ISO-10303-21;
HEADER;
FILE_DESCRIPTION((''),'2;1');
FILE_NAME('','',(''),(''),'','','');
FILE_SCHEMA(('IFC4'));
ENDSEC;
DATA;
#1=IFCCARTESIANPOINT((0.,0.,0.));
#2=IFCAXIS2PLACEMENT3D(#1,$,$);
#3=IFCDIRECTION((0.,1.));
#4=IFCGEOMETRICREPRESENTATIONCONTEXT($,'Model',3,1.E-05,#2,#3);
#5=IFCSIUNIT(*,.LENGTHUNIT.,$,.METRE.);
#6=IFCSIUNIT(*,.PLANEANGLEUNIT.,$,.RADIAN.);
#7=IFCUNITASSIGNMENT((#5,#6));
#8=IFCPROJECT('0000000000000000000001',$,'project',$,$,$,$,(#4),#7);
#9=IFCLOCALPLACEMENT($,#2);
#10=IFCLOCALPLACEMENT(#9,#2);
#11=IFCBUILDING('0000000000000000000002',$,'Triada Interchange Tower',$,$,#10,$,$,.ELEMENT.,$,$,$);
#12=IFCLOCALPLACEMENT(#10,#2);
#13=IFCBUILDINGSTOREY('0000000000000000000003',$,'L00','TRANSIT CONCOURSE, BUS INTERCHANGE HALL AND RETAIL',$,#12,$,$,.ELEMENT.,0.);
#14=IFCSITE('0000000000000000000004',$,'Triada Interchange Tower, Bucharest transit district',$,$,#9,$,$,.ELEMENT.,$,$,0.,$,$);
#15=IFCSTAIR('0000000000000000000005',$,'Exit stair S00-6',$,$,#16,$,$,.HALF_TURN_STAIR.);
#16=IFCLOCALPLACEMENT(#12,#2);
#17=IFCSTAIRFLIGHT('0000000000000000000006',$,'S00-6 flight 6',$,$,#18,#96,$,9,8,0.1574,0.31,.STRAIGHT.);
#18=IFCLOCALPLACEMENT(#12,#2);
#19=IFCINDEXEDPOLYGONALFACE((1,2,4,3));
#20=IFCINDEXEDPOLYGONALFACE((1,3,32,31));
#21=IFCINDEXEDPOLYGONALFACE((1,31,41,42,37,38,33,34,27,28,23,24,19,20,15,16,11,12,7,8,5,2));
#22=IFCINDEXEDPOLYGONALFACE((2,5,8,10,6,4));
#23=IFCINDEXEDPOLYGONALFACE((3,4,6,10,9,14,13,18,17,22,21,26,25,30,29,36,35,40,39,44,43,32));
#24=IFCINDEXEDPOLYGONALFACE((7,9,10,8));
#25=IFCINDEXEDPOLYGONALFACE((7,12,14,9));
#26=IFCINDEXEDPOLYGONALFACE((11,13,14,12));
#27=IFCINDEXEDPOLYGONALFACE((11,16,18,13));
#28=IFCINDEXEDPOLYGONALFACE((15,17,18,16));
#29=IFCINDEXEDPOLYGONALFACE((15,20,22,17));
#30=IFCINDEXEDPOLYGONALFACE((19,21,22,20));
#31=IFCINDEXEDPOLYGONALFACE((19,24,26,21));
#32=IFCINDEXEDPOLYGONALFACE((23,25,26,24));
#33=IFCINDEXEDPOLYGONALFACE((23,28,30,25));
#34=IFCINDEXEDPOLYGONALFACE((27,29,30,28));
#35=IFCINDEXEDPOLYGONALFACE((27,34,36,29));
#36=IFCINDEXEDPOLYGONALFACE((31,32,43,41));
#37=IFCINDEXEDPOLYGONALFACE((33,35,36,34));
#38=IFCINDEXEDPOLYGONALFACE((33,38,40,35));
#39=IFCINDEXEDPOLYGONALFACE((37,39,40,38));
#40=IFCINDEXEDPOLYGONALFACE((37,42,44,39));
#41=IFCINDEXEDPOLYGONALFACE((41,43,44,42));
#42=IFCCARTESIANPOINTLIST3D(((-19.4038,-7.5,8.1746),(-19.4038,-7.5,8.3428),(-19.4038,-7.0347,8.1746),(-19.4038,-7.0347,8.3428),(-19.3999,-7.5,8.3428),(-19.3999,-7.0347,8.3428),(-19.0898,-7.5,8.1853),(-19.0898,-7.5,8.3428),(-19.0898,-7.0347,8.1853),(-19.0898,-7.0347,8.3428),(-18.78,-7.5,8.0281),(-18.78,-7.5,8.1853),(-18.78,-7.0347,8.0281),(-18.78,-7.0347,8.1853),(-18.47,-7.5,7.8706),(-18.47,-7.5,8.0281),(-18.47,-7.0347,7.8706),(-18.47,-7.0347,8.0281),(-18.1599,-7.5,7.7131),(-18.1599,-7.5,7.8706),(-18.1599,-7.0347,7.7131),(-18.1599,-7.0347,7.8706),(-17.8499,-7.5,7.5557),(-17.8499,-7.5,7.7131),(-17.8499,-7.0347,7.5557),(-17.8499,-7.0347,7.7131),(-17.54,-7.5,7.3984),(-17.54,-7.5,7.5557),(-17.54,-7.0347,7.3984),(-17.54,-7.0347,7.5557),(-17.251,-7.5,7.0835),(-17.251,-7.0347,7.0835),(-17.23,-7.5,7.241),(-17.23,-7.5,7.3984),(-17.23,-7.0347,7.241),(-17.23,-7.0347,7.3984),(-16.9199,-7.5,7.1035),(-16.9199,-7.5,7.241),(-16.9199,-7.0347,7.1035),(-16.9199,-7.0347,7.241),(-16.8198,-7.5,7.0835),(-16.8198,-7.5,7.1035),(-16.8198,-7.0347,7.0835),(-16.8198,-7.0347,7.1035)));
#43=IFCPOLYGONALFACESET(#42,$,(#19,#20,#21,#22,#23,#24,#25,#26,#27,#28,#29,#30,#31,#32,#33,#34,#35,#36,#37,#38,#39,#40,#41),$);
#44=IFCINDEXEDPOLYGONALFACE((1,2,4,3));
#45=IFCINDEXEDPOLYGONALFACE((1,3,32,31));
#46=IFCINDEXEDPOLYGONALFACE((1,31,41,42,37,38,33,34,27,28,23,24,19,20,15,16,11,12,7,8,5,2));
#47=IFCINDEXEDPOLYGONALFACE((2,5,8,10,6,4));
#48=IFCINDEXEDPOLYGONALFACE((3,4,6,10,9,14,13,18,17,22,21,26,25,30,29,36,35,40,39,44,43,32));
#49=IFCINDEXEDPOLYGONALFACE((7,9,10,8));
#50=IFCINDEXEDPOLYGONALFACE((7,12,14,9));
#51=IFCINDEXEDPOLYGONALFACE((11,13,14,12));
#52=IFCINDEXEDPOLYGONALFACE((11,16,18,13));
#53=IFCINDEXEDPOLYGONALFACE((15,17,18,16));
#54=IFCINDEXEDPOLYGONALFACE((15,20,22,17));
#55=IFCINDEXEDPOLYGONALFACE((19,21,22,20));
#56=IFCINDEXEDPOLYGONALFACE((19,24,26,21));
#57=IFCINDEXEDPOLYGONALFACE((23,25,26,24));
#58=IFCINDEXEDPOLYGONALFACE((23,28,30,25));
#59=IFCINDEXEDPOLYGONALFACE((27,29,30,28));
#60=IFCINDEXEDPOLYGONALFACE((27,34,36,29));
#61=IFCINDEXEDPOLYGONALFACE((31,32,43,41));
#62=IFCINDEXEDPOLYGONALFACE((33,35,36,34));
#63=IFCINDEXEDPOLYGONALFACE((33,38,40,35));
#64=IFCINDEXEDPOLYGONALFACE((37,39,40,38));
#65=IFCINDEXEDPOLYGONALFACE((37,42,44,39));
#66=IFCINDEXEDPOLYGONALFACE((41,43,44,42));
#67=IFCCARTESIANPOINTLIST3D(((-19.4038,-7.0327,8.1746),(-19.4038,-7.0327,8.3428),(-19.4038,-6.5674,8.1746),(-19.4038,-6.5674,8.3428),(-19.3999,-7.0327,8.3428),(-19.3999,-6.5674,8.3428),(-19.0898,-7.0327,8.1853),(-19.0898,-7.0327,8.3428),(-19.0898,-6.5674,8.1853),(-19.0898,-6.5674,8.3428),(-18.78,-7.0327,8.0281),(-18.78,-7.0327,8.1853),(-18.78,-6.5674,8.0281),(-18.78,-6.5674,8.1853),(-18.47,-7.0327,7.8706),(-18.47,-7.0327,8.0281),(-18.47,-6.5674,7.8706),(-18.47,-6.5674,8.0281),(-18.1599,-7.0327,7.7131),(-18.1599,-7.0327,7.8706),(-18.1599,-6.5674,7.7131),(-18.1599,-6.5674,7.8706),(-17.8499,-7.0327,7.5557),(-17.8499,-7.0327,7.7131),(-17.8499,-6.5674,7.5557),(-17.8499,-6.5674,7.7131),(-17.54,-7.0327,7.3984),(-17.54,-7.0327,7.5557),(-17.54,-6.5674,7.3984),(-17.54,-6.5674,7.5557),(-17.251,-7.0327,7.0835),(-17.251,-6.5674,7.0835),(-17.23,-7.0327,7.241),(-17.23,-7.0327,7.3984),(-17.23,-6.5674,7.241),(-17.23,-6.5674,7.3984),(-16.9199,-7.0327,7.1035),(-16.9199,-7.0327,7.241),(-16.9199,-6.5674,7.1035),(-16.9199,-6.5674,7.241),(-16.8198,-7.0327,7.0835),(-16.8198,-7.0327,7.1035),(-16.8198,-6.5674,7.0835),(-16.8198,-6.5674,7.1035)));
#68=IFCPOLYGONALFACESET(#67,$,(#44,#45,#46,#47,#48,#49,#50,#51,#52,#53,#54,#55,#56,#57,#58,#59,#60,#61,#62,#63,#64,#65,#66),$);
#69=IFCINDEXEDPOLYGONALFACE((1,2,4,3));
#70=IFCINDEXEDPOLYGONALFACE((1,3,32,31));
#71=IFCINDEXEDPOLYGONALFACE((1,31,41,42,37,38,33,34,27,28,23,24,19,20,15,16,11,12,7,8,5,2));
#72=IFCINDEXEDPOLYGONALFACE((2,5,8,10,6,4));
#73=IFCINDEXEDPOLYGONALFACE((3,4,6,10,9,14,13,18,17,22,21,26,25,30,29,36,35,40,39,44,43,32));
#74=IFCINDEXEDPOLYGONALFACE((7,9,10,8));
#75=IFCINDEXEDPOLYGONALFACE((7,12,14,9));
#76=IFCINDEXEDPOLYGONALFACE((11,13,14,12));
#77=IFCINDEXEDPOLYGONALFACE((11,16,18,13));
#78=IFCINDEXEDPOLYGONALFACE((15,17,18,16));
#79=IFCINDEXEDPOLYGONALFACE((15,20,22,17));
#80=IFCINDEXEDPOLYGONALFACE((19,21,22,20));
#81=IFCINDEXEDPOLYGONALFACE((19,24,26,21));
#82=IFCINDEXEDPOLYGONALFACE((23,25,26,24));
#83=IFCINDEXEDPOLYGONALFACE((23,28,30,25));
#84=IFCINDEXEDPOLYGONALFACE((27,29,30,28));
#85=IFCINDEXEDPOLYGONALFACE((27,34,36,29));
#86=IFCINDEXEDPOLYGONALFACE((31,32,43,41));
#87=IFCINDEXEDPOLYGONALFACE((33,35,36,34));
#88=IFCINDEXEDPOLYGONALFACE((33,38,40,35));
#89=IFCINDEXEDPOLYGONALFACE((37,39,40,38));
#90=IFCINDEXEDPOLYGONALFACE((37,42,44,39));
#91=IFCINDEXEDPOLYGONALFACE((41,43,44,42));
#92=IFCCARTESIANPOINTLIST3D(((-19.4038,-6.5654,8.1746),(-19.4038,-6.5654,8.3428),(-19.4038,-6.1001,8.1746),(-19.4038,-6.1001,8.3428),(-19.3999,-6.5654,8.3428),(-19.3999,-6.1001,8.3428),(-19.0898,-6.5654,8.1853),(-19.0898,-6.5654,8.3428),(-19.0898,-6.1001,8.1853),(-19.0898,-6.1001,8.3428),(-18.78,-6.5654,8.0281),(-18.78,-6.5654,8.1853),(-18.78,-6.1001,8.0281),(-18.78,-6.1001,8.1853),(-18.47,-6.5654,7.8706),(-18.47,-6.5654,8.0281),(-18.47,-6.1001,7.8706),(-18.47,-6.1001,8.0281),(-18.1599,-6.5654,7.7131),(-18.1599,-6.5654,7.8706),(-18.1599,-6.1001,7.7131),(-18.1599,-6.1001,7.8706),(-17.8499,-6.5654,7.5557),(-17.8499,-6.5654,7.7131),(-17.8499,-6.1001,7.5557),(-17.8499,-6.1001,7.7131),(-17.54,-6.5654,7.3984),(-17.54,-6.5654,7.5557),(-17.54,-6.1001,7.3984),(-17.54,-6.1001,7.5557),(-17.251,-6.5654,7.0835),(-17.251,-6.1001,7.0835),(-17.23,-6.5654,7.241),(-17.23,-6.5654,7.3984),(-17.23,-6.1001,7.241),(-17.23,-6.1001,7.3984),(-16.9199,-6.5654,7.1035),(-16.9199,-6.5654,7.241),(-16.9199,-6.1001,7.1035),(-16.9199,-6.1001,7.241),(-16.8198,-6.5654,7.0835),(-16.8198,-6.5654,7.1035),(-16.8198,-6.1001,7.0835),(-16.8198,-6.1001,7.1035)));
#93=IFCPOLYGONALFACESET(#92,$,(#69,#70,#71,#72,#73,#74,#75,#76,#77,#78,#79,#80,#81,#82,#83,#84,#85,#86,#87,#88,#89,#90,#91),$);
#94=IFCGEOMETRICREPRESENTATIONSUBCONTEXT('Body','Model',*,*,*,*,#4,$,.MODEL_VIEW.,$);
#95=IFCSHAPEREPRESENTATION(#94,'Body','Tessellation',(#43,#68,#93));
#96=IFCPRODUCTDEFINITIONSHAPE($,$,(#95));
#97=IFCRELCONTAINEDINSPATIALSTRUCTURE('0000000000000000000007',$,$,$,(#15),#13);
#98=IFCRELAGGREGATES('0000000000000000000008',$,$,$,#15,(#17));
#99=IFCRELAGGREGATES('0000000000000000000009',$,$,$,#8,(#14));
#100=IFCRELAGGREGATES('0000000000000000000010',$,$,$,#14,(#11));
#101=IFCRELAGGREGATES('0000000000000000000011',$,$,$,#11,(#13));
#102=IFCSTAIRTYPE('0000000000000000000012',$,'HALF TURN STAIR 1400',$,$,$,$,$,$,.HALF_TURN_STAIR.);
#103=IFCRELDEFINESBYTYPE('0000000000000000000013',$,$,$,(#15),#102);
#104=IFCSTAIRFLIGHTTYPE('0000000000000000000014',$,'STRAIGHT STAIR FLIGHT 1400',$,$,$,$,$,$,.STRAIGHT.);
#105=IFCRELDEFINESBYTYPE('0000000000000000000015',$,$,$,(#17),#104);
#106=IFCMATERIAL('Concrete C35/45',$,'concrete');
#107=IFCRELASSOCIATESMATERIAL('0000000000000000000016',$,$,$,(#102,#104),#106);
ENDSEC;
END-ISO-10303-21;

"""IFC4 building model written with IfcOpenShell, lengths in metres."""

from ifc_helpers import new_model, si_unit, direction, frame, origin, place, context, subcontext, project, spatial, polyline, outline, extrude, material, type_object, element, aggregate, save


model = new_model("IFC4")

# Units and contexts
model_context = context("Model", 3, precision=1e-05, world=origin(), true_north=direction((0.0, 1.0)))
body_context = subcontext(model_context, "Body", "Model", "MODEL_VIEW")
ifc_project = project(units=[si_unit("LENGTHUNIT", "METRE"), si_unit("PLANEANGLEUNIT", "RADIAN")], contexts=[model_context])

# Site, building, storey
site_placement = place(None, origin())
site = spatial("IfcSite", under=ifc_project, at=site_placement, Name="Triada Interchange Tower, Bucharest transit district", CompositionType="ELEMENT", RefElevation=0.0)
building_placement = place(site_placement, origin())
building = spatial("IfcBuilding", under=site, at=building_placement, Name="Triada Interchange Tower", CompositionType="ELEMENT")
storey_placement = place(building_placement, origin())
storey = spatial("IfcBuildingStorey", under=building, at=storey_placement, Name="L00", Description="TRANSIT CONCOURSE, BUS INTERCHANGE HALL AND RETAIL", CompositionType="ELEMENT", Elevation=0.0)

# Shared definitions
ifc_material_1 = material(Name="Concrete C35/45", Category="concrete")

# Stair, stair flight
stair_type = type_object("IfcStairType", Name="HALF TURN STAIR 1400", PredefinedType="HALF_TURN_STAIR", material=ifc_material_1)
stair_placement = place(storey_placement, origin())
stair = element("IfcStair", 1, at=stair_placement, inside=storey, type_object=stair_type, Name="Exit stair S00-6", PredefinedType="HALF_TURN_STAIR")
stair_flight_type = type_object("IfcStairFlightType", Name="STRAIGHT STAIR FLIGHT 1400", PredefinedType="STRAIGHT", material=ifc_material_1)
stair_flight_1_placement = place(storey_placement, frame((-16.9199, -6.8, 7.0835), z_axis=(0.0, 0.0, 1.0), x_axis=(-1.0, 0.0, 0.0)))
stair_flight_1 = element("IfcStairFlight", 2, at=stair_flight_1_placement, type_object=stair_flight_type, Name="S00-6 flight 6", NumberOfRisers=9, NumberOfTreads=8, PredefinedType="STRAIGHT", RiserHeight=0.1574, TreadLength=0.31, context=body_context, shape_type="SweptSolid", body=[
    extrude(outline(polyline([(-0.1001, 0.0), (-0.1001, 0.02), (0.0, 0.02), (0.0, 0.1575), (0.3101, 0.1575), (0.3101, 0.3149), (0.6201, 0.3149), (0.6201, 0.4722), (0.9299, 0.4722), (0.9299, 0.6296), (1.24, 0.6296), (1.24, 0.7871), (1.55, 0.7871), (1.55, 0.9446), (1.8601, 0.9446), (1.8601, 1.1018), (2.1699, 1.1018), (2.1699, 1.2593), (2.48, 1.2593), (2.4839, 1.2593), (2.4839, 1.4167), (2.4839, 1.0911), (0.3311, 0.0), (-0.1001, 0.0)])), frame((0.0, 0.7, 0.0), z_axis=(0.0, -1.0, 0.0), x_axis=(1.0, 0.0, 0.0)), (0.0, 0.0, 1.0), 0.4653),
    extrude(outline(polyline([(-0.1001, 0.0), (-0.1001, 0.02), (0.0, 0.02), (0.0, 0.1575), (0.3101, 0.1575), (0.3101, 0.3149), (0.6201, 0.3149), (0.6201, 0.4722), (0.9299, 0.4722), (0.9299, 0.6296), (1.24, 0.6296), (1.24, 0.7871), (1.55, 0.7871), (1.55, 0.9446), (1.8601, 0.9446), (1.8601, 1.1018), (2.1699, 1.1018), (2.1699, 1.2593), (2.48, 1.2593), (2.4839, 1.2593), (2.4839, 1.4167), (2.4839, 1.0911), (0.3311, 0.0), (-0.1001, 0.0)])), frame((0.0, 0.2327, 0.0), z_axis=(0.0, -1.0, 0.0), x_axis=(1.0, 0.0, 0.0)), (0.0, 0.0, 1.0), 0.4653),
    extrude(outline(polyline([(-0.1001, 0.0), (-0.1001, 0.02), (0.0, 0.02), (0.0, 0.1575), (0.3101, 0.1575), (0.3101, 0.3149), (0.6201, 0.3149), (0.6201, 0.4722), (0.9299, 0.4722), (0.9299, 0.6296), (1.24, 0.6296), (1.24, 0.7871), (1.55, 0.7871), (1.55, 0.9446), (1.8601, 0.9446), (1.8601, 1.1018), (2.1699, 1.1018), (2.1699, 1.2593), (2.48, 1.2593), (2.4839, 1.2593), (2.4839, 1.4167), (2.4839, 1.0911), (0.3311, 0.0), (-0.1001, 0.0)])), frame((0.0, -0.2346, 0.0), z_axis=(0.0, -1.0, 0.0), x_axis=(1.0, 0.0, 0.0)), (0.0, 0.0, 1.0), 0.4653),
])
aggregate(stair, [stair_flight_1])

save(model, "model.ifc")
